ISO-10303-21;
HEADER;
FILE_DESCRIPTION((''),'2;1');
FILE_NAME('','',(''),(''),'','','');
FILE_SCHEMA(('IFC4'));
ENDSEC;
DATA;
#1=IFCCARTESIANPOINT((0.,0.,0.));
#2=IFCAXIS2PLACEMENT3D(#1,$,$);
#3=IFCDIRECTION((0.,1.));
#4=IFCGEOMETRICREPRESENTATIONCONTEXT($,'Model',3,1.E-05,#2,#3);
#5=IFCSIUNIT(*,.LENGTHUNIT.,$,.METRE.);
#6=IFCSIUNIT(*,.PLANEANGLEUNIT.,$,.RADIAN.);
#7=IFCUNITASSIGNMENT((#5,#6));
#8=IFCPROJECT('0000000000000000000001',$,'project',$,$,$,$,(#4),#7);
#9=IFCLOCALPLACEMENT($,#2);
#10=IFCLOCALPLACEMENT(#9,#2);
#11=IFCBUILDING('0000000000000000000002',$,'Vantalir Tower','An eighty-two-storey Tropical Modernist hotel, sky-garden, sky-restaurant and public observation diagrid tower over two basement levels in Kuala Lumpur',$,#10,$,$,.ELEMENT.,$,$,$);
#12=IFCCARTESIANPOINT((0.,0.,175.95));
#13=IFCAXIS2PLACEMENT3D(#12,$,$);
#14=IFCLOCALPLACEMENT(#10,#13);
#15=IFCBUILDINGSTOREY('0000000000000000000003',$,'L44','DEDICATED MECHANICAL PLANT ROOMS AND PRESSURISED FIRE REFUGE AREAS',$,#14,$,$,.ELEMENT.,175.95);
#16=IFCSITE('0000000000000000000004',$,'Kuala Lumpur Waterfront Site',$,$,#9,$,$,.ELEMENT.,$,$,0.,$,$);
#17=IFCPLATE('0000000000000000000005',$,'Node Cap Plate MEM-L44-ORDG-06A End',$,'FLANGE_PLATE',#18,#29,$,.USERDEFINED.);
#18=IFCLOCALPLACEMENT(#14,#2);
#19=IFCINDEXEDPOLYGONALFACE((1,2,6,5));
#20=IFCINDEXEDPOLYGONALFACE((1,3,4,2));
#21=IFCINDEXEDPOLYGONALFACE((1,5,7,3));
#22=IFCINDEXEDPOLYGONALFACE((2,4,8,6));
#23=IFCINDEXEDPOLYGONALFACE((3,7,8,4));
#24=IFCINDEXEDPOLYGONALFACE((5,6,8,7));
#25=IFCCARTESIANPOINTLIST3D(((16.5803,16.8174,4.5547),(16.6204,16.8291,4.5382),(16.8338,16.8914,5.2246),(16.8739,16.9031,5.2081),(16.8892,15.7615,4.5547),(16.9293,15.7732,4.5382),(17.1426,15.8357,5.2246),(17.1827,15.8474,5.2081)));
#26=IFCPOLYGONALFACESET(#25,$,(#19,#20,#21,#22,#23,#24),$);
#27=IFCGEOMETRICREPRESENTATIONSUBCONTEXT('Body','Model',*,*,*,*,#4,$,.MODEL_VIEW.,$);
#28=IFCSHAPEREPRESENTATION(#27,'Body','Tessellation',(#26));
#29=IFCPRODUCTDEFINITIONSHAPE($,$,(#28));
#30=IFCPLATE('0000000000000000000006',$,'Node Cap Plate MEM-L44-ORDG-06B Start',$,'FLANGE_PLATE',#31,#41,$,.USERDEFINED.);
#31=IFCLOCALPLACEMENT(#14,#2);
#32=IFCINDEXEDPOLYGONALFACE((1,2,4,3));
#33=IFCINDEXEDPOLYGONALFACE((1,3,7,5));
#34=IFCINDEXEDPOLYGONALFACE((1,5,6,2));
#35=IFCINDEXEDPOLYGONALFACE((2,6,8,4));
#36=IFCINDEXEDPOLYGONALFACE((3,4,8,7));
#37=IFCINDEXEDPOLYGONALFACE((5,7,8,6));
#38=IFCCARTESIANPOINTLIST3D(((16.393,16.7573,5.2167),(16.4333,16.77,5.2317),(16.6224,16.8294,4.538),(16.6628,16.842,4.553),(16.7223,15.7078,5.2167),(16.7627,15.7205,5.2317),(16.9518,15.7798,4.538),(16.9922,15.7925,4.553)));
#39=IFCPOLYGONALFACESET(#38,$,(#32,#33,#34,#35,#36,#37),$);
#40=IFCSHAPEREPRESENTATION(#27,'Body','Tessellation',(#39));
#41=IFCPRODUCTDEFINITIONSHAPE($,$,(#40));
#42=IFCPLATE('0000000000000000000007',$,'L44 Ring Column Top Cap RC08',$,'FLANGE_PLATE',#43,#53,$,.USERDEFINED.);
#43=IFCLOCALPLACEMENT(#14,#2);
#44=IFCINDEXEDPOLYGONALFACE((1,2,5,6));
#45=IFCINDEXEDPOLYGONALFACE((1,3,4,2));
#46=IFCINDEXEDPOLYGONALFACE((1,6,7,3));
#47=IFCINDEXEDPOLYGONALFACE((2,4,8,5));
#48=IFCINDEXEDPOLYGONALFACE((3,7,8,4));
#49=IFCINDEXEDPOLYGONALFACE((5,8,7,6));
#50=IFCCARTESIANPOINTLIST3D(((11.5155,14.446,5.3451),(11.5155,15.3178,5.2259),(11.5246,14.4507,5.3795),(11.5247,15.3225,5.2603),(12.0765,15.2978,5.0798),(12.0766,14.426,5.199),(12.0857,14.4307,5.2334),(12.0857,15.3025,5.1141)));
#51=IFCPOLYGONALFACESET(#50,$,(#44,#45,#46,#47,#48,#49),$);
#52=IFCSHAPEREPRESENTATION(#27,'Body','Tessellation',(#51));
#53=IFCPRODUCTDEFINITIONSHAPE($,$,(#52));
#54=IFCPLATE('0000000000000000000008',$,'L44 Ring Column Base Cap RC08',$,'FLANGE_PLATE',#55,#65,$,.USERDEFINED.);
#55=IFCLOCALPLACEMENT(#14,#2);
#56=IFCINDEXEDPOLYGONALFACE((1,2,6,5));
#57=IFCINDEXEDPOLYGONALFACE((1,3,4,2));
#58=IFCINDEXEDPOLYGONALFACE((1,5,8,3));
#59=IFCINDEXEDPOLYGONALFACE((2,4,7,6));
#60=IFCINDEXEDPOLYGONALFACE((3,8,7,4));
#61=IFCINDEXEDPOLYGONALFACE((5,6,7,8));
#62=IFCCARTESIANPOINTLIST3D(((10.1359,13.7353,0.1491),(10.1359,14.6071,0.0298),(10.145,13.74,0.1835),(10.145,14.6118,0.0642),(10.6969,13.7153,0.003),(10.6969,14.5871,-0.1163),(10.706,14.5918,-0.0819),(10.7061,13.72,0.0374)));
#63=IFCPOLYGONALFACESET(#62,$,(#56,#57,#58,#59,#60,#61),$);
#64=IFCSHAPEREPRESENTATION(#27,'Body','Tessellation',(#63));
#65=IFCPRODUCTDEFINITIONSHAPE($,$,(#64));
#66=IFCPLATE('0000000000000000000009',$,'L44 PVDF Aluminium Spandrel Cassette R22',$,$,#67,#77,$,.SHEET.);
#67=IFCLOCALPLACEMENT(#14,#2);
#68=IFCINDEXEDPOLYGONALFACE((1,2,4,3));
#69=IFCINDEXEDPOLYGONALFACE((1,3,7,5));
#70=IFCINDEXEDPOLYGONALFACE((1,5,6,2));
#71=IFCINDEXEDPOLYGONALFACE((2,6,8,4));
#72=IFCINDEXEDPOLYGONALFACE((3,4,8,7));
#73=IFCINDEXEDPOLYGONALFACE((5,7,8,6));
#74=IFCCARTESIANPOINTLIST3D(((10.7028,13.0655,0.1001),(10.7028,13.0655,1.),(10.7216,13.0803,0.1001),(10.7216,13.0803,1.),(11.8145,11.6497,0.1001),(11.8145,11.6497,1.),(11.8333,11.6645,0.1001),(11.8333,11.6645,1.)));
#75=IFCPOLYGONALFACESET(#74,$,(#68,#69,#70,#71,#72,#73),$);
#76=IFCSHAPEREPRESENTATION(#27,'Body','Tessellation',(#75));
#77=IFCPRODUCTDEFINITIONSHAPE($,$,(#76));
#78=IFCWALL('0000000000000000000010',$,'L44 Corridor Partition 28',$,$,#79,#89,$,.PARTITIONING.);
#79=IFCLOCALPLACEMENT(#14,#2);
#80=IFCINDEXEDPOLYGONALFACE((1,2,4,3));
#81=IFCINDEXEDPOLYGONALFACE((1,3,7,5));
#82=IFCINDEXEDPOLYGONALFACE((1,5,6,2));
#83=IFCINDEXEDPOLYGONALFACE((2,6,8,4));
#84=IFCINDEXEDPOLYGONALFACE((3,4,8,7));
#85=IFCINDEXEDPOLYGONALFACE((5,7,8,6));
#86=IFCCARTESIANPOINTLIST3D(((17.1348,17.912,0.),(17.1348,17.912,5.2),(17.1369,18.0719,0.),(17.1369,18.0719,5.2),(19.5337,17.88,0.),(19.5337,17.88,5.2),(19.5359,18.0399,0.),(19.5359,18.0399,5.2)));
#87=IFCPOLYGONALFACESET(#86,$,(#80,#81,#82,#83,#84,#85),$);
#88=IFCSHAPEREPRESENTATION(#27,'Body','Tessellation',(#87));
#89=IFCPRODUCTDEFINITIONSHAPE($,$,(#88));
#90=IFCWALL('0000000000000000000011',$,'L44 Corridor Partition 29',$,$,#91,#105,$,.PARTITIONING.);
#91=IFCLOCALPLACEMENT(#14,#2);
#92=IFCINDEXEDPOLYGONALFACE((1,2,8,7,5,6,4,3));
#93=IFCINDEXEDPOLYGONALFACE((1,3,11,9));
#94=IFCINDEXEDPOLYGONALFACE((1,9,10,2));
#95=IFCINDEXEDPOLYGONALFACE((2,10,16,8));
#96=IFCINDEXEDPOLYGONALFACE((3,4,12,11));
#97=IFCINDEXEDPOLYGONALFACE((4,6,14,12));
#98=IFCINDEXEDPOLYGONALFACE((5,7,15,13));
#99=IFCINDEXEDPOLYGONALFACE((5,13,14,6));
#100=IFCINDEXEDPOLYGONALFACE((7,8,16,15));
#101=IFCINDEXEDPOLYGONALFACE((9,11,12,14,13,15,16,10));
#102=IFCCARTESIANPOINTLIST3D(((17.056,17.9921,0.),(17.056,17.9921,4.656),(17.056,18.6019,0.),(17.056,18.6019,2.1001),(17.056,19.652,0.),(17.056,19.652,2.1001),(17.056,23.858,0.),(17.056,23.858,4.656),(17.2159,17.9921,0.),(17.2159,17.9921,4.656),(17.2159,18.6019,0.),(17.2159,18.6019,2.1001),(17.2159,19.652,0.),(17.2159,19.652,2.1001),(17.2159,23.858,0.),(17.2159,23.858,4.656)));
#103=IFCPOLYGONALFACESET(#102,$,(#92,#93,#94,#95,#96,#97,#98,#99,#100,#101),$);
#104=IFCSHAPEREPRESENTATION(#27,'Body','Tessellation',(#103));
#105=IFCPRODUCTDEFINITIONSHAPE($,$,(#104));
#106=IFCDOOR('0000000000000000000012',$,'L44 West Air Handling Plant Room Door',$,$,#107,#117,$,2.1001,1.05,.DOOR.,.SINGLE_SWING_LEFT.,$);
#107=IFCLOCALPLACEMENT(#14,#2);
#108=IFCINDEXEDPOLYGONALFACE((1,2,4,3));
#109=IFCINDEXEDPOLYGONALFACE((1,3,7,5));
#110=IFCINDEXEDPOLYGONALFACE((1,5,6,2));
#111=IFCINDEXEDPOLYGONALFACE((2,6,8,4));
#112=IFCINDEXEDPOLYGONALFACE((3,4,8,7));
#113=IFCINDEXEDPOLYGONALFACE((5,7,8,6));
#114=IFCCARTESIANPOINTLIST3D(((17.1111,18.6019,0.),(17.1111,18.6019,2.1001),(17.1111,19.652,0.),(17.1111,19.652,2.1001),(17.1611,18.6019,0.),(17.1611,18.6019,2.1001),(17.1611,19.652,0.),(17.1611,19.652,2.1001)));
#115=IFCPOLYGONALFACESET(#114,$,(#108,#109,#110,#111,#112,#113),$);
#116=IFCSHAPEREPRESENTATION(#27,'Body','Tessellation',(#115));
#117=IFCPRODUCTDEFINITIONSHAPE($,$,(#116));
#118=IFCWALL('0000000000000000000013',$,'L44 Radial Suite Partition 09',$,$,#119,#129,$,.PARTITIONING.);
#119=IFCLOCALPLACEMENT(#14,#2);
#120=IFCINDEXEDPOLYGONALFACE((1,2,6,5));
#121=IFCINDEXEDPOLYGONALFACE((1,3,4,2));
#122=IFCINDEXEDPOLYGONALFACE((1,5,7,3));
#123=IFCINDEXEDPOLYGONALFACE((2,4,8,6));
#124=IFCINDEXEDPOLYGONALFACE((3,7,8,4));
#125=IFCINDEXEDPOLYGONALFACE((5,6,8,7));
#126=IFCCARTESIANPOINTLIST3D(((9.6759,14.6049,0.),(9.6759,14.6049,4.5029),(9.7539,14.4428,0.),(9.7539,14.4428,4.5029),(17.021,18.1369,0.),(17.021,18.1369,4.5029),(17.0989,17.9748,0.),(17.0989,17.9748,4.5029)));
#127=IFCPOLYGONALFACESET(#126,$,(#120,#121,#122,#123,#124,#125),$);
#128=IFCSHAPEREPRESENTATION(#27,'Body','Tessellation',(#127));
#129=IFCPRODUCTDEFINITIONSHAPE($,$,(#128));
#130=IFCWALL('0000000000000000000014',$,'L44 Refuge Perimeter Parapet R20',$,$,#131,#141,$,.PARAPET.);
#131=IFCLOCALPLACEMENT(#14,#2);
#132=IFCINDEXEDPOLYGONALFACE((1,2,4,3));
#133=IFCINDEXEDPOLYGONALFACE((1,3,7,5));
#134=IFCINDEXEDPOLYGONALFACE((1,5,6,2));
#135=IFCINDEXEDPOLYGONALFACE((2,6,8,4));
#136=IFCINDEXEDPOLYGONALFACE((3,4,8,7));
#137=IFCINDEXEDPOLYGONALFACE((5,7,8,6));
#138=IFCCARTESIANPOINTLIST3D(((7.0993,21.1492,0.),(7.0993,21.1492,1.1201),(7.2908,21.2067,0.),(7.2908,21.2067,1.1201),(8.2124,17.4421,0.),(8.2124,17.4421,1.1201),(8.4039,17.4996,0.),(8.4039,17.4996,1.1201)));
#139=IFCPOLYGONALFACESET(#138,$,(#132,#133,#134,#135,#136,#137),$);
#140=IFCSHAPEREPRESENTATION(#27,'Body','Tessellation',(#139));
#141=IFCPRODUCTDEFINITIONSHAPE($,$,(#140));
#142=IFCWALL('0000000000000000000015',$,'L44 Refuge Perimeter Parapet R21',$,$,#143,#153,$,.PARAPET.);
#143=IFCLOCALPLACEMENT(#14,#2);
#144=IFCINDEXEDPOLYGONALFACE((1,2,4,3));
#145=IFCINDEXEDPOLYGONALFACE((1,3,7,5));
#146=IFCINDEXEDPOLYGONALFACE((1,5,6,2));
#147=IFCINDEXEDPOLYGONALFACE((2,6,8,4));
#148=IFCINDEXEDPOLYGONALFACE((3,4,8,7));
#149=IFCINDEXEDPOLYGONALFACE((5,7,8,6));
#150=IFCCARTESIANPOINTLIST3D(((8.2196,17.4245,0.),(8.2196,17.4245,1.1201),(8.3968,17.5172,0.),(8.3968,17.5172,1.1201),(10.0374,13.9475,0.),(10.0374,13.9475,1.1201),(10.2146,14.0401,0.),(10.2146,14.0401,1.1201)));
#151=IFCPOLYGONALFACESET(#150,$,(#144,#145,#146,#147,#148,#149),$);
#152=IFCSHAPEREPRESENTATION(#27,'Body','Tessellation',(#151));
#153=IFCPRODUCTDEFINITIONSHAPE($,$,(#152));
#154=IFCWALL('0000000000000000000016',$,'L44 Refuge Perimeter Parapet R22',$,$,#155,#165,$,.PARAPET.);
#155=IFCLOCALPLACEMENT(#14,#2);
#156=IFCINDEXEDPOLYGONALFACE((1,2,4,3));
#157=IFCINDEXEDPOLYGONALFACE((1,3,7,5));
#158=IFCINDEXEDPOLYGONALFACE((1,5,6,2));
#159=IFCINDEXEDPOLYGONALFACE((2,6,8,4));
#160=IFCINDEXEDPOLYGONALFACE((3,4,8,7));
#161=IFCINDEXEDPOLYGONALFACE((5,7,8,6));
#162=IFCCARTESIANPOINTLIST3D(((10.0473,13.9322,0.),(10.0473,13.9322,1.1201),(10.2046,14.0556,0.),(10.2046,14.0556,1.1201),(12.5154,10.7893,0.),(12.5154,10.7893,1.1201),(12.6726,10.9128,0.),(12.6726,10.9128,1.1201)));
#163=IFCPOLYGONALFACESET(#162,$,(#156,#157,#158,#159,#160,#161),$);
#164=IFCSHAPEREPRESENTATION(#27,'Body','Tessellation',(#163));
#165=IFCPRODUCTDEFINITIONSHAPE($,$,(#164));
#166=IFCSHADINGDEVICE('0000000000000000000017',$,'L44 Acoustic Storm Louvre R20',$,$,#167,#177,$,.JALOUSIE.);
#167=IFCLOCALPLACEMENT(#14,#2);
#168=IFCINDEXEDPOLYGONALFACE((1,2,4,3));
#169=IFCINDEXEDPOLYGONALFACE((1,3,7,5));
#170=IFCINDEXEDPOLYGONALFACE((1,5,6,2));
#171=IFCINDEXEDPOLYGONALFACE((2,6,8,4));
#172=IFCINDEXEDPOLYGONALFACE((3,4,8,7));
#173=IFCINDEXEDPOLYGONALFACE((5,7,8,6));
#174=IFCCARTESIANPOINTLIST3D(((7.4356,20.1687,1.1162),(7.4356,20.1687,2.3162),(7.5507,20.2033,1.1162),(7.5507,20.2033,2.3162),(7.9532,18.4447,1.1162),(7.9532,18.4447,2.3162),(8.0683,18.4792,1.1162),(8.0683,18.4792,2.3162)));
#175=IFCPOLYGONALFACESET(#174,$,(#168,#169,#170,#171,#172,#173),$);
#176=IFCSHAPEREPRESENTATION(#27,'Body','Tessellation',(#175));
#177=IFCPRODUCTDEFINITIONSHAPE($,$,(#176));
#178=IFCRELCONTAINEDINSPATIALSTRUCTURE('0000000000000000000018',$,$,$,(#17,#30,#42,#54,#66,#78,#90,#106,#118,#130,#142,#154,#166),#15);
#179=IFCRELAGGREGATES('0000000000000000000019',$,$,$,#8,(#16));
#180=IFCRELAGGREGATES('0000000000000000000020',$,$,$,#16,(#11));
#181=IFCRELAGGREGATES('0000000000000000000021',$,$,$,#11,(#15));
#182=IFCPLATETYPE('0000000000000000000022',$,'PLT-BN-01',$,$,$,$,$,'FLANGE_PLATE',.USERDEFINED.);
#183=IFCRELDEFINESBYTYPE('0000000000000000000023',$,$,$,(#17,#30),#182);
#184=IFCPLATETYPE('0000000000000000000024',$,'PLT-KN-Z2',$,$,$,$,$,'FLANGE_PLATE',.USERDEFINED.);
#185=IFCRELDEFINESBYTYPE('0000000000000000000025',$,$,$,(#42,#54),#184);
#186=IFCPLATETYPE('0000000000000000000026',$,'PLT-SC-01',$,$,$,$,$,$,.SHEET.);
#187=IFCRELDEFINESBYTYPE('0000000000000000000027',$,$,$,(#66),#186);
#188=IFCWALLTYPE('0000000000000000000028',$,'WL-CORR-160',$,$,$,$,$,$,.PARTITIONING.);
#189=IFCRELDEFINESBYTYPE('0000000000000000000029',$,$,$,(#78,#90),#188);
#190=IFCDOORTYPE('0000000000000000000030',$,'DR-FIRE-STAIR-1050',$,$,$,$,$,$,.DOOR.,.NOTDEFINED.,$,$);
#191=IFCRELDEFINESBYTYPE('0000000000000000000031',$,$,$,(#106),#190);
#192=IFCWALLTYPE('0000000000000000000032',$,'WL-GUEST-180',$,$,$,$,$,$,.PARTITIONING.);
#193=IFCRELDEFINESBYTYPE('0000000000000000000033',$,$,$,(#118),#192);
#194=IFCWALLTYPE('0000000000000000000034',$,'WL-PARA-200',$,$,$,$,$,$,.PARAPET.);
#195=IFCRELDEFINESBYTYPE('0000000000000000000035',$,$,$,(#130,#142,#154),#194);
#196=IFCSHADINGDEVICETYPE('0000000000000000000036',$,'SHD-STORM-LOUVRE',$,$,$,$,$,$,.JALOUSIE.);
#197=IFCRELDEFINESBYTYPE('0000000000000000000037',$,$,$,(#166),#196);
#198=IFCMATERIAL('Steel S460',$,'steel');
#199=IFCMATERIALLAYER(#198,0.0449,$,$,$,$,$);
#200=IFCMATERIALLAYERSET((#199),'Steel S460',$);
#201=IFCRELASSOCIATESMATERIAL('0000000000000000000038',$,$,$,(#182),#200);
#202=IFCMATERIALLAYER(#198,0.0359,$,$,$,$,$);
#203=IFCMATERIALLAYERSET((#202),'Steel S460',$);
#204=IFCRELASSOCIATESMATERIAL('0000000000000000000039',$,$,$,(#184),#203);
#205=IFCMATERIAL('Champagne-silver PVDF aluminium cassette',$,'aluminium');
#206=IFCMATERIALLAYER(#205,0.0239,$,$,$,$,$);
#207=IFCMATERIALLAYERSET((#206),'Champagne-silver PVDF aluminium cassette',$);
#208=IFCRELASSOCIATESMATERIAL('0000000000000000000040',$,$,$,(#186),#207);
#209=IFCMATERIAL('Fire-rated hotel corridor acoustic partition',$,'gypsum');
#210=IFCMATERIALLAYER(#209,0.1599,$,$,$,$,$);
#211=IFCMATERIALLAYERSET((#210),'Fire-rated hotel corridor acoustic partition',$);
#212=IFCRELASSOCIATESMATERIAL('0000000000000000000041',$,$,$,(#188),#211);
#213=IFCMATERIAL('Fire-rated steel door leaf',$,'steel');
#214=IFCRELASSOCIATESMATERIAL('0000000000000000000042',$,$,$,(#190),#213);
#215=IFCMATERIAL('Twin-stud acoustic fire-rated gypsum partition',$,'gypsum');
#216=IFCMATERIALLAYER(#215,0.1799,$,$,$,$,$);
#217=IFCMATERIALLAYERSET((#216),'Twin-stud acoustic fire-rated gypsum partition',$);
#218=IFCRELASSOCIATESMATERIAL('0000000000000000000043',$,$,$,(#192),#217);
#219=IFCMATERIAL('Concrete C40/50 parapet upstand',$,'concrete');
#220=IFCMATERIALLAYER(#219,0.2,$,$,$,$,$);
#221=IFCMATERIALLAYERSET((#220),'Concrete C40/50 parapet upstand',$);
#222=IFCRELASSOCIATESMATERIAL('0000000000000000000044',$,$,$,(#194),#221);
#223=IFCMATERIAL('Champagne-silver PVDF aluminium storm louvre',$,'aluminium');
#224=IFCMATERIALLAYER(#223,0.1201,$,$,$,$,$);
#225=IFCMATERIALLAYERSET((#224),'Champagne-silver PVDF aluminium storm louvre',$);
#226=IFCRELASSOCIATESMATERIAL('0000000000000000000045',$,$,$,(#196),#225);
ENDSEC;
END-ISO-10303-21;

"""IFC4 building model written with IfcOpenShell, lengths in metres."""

from ifc_helpers import new_model, si_unit, direction, frame, frame_2d, origin, origin_2d, place, context, subcontext, project, spatial, polyline, rectangle, outline, extrude, material, layer, layer_set, type_object, element, fill, save


model = new_model("IFC4")

# Units and contexts
model_context = context("Model", 3, precision=1e-05, world=origin(), true_north=direction((0.0, 1.0)))
body_context = subcontext(model_context, "Body", "Model", "MODEL_VIEW")
ifc_project = project(units=[si_unit("LENGTHUNIT", "METRE"), si_unit("PLANEANGLEUNIT", "RADIAN")], contexts=[model_context])

# Site, building, storey
site_placement = place(None, origin())
site = spatial("IfcSite", under=ifc_project, at=site_placement, Name="Kuala Lumpur Waterfront Site", CompositionType="ELEMENT", RefElevation=0.0)
building_placement = place(site_placement, origin())
building = spatial("IfcBuilding", under=site, at=building_placement, Name="Vantalir Tower", Description="An eighty-two-storey Tropical Modernist hotel, sky-garden, sky-restaurant and public observation diagrid tower over two basement levels in Kuala Lumpur", CompositionType="ELEMENT")
storey_placement = place(building_placement, frame((0.0, 0.0, 175.95)))
storey = spatial("IfcBuildingStorey", under=building, at=storey_placement, Name="L44", Description="DEDICATED MECHANICAL PLANT ROOMS AND PRESSURISED FIRE REFUGE AREAS", CompositionType="ELEMENT", Elevation=175.95)

# Shared definitions
ifc_material_1 = material(Name="Steel S460", Category="steel")

# Plates
ifc_layer_1 = layer(ifc_material_1, 0.0449)
ifc_layer_set_1 = layer_set([ifc_layer_1], Name="Steel S460")
plate_type_1 = type_object("IfcPlateType", Name="PLT-BN-01", ElementType="FLANGE_PLATE", PredefinedType="USERDEFINED", material=ifc_layer_set_1)
plate_1_placement = place(storey_placement, frame((16.5803, 16.8174, 4.5547), z_axis=(-0.892933, -0.2612, 0.366668), x_axis=(0.28075, -0.959781, -0.000011)))
element("IfcPlate", 1, at=plate_1_placement, inside=storey, type_object=plate_type_1, Name="Node Cap Plate MEM-L44-ORDG-06A End", ObjectType="FLANGE_PLATE", PredefinedType="USERDEFINED", context=body_context, shape_type="SweptSolid", body=[
    extrude(outline(polyline([(0.0, 0.0), (1.1001, 0.0), (1.1001, 0.7201), (0.0001, 0.7201), (0.0, 0.0)])), origin(), (0.0, 0.0, -1.0), 0.0449),
])
plate_2_placement = place(storey_placement, frame((16.9922, 15.7925, 4.553), z_axis=(0.899324, 0.282202, 0.334034), x_axis=(-0.2994, 0.954128, 0.0)))
element("IfcPlate", 2, at=plate_2_placement, inside=storey, type_object=plate_type_1, Name="Node Cap Plate MEM-L44-ORDG-06B Start", ObjectType="FLANGE_PLATE", PredefinedType="USERDEFINED", context=body_context, shape_type="SweptSolid", body=[
    extrude(outline(polyline([(0.0, 0.0), (1.1, 0.0), (1.1, 0.7201), (0.0, 0.7201), (0.0, 0.0)])), origin(), (0.0, 0.0, -1.0), 0.0449),
])
ifc_layer_2 = layer(ifc_material_1, 0.0359)
ifc_layer_set_2 = layer_set([ifc_layer_2], Name="Steel S460")
plate_type_2 = type_object("IfcPlateType", Name="PLT-KN-Z2", ElementType="FLANGE_PLATE", PredefinedType="USERDEFINED", material=ifc_layer_set_2)
for number, where, z_axis, x_axis, name in (
    (3, (11.5247, 15.3225, 5.2603), (0.254239, 0.131081, 0.958217), (-0.000034, -0.990771, 0.135543), "L44 Ring Column Top Cap RC08"),
    (4, (10.145, 14.6118, 0.0642), (0.254239, 0.131081, 0.958217), (-0.000034, -0.990771, 0.135543), "L44 Ring Column Base Cap RC08"),
):
    element("IfcPlate", number, at=place(storey_placement, frame(where, z_axis=z_axis, x_axis=x_axis)), inside=storey, type_object=plate_type_2, Name=name, ObjectType="FLANGE_PLATE", PredefinedType="USERDEFINED", context=body_context, shape_type="SweptSolid", body=[
        extrude(outline(polyline([(0.0, 0.0), (0.88, 0.0), (0.88, 0.5801), (0.0, 0.5801), (0.0, 0.0)])), origin(), (0.0, 0.0, -1.0), 0.0359),
    ])
ifc_material_2 = material(Name="Champagne-silver PVDF aluminium cassette", Category="aluminium")
ifc_layer_3 = layer(ifc_material_2, 0.0239)
ifc_layer_set_3 = layer_set([ifc_layer_3], Name="Champagne-silver PVDF aluminium cassette")
plate_type_3 = type_object("IfcPlateType", Name="PLT-SC-01", PredefinedType="SHEET", material=ifc_layer_set_3)
plate_3_placement = place(storey_placement, frame((11.2681, 12.365, 0.1001), z_axis=(0.0, 0.0, 1.0), x_axis=(0.617585, -0.786504, 0.0)))
element("IfcPlate", 5, at=plate_3_placement, inside=storey, type_object=plate_type_3, Name="L44 PVDF Aluminium Spandrel Cassette R22", PredefinedType="SHEET", context=body_context, shape_type="SweptSolid", body=[
    extrude(rectangle(XDim=1.8, YDim=0.0239, at=origin_2d()), origin(), (0.0, 0.0, 1.0), 0.8999),
])

# Wall
ifc_material_3 = material(Name="Fire-rated hotel corridor acoustic partition", Category="gypsum")
ifc_layer_4 = layer(ifc_material_3, 0.1599)
ifc_layer_set_4 = layer_set([ifc_layer_4], Name="Fire-rated hotel corridor acoustic partition")
wall_type_1 = type_object("IfcWallType", Name="WL-CORR-160", PredefinedType="PARTITIONING", material=ifc_layer_set_4)
wall_1_placement = place(storey_placement, frame((19.5349, 17.96, 0.0), z_axis=(0.0, 0.0, 1.0), x_axis=(-0.999911, 0.013331, 0.0)))
element("IfcWall", 6, at=wall_1_placement, inside=storey, type_object=wall_type_1, Name="L44 Corridor Partition 28", PredefinedType="PARTITIONING", context=body_context, shape_type="SweptSolid", body=[
    extrude(rectangle(XDim=2.3992, YDim=0.1599, at=frame_2d((1.1997, 0.0))), origin(), (0.0, 0.0, 1.0), 5.2),
])

# Wall, opening, door
wall_2_placement = place(storey_placement, frame((17.136, 17.9919, 0.0), z_axis=(0.0, 0.0, 1.0), x_axis=(0.0, 1.0, 0.0)))
wall_2 = element("IfcWall", 7, at=wall_2_placement, inside=storey, type_object=wall_type_1, Name="L44 Corridor Partition 29", PredefinedType="PARTITIONING", context=body_context, shape_type="SweptSolid", body=[
    extrude(rectangle(XDim=5.866, YDim=0.1599, at=frame_2d((2.9331, 0.0))), origin(), (0.0, 0.0, 1.0), 4.656),
])
opening_placement = place(wall_2_placement, frame((0.6101, 0.0, 0.0)))
opening = element("IfcOpeningElement", 8, at=opening_placement, cuts=wall_2, PredefinedType="OPENING", context=body_context, shape_type="SweptSolid", body=[
    extrude(rectangle(XDim=1.05, YDim=2.1001, at=frame_2d((0.5249, 1.05))), frame((0.0, 0.0898, 0.0), z_axis=(0.0, -1.0, 0.0), x_axis=(1.0, 0.0, 0.0)), (0.0, 0.0, 1.0), 0.1799),
])
ifc_material_4 = material(Name="Fire-rated steel door leaf", Category="steel")
door_type = type_object("IfcDoorType", Name="DR-FIRE-STAIR-1050", OperationType="NOTDEFINED", PredefinedType="DOOR", material=ifc_material_4)
door_placement = place(opening_placement, origin())
door = element("IfcDoor", 9, at=door_placement, inside=storey, type_object=door_type, Name="L44 West Air Handling Plant Room Door", OperationType="SINGLE_SWING_LEFT", OverallHeight=2.1001, OverallWidth=1.05, PredefinedType="DOOR", context=body_context, shape_type="SweptSolid", body=[
    extrude(rectangle(XDim=1.05, YDim=2.1001, at=frame_2d((0.5249, 1.05))), frame((0.0, 0.0249, 0.0), z_axis=(0.0, -1.0, 0.0), x_axis=(1.0, 0.0, 0.0)), (0.0, 0.0, 1.0), 0.05),
])
fill(opening, door)

# Walls
ifc_material_5 = material(Name="Twin-stud acoustic fire-rated gypsum partition", Category="gypsum")
ifc_layer_5 = layer(ifc_material_5, 0.1799)
ifc_layer_set_5 = layer_set([ifc_layer_5], Name="Twin-stud acoustic fire-rated gypsum partition")
wall_type_2 = type_object("IfcWallType", Name="WL-GUEST-180", PredefinedType="PARTITIONING", material=ifc_layer_set_5)
wall_3_placement = place(storey_placement, frame((17.0601, 18.0559, 0.0), z_axis=(0.0, 0.0, 1.0), x_axis=(-0.901217, -0.433369, 0.0)))
element("IfcWall", 10, at=wall_3_placement, inside=storey, type_object=wall_type_2, Name="L44 Radial Suite Partition 09", PredefinedType="PARTITIONING", context=body_context, shape_type="SweptSolid", body=[
    extrude(rectangle(XDim=8.1501, YDim=0.1799, at=frame_2d((4.0752, 0.0))), origin(), (0.0, 0.0, 1.0), 4.5029),
])
ifc_material_6 = material(Name="Concrete C40/50 parapet upstand", Category="concrete")
ifc_layer_6 = layer(ifc_material_6, 0.2)
ifc_layer_set_6 = layer_set([ifc_layer_6], Name="Concrete C40/50 parapet upstand")
wall_type_3 = type_object("IfcWallType", Name="WL-PARA-200", PredefinedType="PARAPET", material=ifc_layer_set_6)
wall_4_placement = place(storey_placement, frame((7.1951, 21.178, 0.0), z_axis=(0.0, 0.0, 1.0), x_axis=(0.287568, -0.95776, 0.0)))
element("IfcWall", 11, at=wall_4_placement, inside=storey, type_object=wall_type_3, Name="L44 Refuge Perimeter Parapet R20", PredefinedType="PARAPET", context=body_context, shape_type="SweptSolid", body=[
    extrude(rectangle(XDim=3.8706, YDim=0.2, at=frame_2d((1.9353, 0.0))), origin(), (0.0, 0.0, 1.0), 1.1201),
])
wall_5_placement = place(storey_placement, frame((8.3081, 17.4709, 0.0), z_axis=(0.0, 0.0, 1.0), x_axis=(0.463319, -0.886192, 0.0)))
element("IfcWall", 12, at=wall_5_placement, inside=storey, type_object=wall_type_3, Name="L44 Refuge Perimeter Parapet R21", PredefinedType="PARAPET", context=body_context, shape_type="SweptSolid", body=[
    extrude(rectangle(XDim=3.9236, YDim=0.2, at=frame_2d((1.9619, 0.0))), origin(), (0.0, 0.0, 1.0), 1.1201),
])
wall_6_placement = place(storey_placement, frame((10.126, 13.9939, 0.0), z_axis=(0.0, 0.0, 1.0), x_axis=(0.617614, -0.786482, 0.0)))
element("IfcWall", 13, at=wall_6_placement, inside=storey, type_object=wall_type_3, Name="L44 Refuge Perimeter Parapet R22", PredefinedType="PARAPET", context=body_context, shape_type="SweptSolid", body=[
    extrude(rectangle(XDim=3.9961, YDim=0.2, at=frame_2d((1.998, 0.0))), origin(), (0.0, 0.0, 1.0), 1.1201),
])

# Shading device
ifc_material_7 = material(Name="Champagne-silver PVDF aluminium storm louvre", Category="aluminium")
ifc_layer_7 = layer(ifc_material_7, 0.1201)
ifc_layer_set_7 = layer_set([ifc_layer_7], Name="Champagne-silver PVDF aluminium storm louvre")
shading_device_type = type_object("IfcShadingDeviceType", Name="SHD-STORM-LOUVRE", PredefinedType="JALOUSIE", material=ifc_layer_set_7)
for number, where, z_axis, x_axis, name in (
    (14, (7.752, 19.324, 1.1162), (0.0, 0.0, 1.0), (0.287561, -0.957762, 0.0), "L44 Acoustic Storm Louvre R20"),
):
    element("IfcShadingDevice", number, at=place(storey_placement, frame(where, z_axis=z_axis, x_axis=x_axis)), inside=storey, type_object=shading_device_type, Name=name, PredefinedType="JALOUSIE", context=body_context, shape_type="SweptSolid", body=[
        extrude(rectangle(XDim=1.8, YDim=0.1201, at=origin_2d()), origin(), (0.0, 0.0, 1.0), 1.2),
    ])

save(model, "model.ifc")
